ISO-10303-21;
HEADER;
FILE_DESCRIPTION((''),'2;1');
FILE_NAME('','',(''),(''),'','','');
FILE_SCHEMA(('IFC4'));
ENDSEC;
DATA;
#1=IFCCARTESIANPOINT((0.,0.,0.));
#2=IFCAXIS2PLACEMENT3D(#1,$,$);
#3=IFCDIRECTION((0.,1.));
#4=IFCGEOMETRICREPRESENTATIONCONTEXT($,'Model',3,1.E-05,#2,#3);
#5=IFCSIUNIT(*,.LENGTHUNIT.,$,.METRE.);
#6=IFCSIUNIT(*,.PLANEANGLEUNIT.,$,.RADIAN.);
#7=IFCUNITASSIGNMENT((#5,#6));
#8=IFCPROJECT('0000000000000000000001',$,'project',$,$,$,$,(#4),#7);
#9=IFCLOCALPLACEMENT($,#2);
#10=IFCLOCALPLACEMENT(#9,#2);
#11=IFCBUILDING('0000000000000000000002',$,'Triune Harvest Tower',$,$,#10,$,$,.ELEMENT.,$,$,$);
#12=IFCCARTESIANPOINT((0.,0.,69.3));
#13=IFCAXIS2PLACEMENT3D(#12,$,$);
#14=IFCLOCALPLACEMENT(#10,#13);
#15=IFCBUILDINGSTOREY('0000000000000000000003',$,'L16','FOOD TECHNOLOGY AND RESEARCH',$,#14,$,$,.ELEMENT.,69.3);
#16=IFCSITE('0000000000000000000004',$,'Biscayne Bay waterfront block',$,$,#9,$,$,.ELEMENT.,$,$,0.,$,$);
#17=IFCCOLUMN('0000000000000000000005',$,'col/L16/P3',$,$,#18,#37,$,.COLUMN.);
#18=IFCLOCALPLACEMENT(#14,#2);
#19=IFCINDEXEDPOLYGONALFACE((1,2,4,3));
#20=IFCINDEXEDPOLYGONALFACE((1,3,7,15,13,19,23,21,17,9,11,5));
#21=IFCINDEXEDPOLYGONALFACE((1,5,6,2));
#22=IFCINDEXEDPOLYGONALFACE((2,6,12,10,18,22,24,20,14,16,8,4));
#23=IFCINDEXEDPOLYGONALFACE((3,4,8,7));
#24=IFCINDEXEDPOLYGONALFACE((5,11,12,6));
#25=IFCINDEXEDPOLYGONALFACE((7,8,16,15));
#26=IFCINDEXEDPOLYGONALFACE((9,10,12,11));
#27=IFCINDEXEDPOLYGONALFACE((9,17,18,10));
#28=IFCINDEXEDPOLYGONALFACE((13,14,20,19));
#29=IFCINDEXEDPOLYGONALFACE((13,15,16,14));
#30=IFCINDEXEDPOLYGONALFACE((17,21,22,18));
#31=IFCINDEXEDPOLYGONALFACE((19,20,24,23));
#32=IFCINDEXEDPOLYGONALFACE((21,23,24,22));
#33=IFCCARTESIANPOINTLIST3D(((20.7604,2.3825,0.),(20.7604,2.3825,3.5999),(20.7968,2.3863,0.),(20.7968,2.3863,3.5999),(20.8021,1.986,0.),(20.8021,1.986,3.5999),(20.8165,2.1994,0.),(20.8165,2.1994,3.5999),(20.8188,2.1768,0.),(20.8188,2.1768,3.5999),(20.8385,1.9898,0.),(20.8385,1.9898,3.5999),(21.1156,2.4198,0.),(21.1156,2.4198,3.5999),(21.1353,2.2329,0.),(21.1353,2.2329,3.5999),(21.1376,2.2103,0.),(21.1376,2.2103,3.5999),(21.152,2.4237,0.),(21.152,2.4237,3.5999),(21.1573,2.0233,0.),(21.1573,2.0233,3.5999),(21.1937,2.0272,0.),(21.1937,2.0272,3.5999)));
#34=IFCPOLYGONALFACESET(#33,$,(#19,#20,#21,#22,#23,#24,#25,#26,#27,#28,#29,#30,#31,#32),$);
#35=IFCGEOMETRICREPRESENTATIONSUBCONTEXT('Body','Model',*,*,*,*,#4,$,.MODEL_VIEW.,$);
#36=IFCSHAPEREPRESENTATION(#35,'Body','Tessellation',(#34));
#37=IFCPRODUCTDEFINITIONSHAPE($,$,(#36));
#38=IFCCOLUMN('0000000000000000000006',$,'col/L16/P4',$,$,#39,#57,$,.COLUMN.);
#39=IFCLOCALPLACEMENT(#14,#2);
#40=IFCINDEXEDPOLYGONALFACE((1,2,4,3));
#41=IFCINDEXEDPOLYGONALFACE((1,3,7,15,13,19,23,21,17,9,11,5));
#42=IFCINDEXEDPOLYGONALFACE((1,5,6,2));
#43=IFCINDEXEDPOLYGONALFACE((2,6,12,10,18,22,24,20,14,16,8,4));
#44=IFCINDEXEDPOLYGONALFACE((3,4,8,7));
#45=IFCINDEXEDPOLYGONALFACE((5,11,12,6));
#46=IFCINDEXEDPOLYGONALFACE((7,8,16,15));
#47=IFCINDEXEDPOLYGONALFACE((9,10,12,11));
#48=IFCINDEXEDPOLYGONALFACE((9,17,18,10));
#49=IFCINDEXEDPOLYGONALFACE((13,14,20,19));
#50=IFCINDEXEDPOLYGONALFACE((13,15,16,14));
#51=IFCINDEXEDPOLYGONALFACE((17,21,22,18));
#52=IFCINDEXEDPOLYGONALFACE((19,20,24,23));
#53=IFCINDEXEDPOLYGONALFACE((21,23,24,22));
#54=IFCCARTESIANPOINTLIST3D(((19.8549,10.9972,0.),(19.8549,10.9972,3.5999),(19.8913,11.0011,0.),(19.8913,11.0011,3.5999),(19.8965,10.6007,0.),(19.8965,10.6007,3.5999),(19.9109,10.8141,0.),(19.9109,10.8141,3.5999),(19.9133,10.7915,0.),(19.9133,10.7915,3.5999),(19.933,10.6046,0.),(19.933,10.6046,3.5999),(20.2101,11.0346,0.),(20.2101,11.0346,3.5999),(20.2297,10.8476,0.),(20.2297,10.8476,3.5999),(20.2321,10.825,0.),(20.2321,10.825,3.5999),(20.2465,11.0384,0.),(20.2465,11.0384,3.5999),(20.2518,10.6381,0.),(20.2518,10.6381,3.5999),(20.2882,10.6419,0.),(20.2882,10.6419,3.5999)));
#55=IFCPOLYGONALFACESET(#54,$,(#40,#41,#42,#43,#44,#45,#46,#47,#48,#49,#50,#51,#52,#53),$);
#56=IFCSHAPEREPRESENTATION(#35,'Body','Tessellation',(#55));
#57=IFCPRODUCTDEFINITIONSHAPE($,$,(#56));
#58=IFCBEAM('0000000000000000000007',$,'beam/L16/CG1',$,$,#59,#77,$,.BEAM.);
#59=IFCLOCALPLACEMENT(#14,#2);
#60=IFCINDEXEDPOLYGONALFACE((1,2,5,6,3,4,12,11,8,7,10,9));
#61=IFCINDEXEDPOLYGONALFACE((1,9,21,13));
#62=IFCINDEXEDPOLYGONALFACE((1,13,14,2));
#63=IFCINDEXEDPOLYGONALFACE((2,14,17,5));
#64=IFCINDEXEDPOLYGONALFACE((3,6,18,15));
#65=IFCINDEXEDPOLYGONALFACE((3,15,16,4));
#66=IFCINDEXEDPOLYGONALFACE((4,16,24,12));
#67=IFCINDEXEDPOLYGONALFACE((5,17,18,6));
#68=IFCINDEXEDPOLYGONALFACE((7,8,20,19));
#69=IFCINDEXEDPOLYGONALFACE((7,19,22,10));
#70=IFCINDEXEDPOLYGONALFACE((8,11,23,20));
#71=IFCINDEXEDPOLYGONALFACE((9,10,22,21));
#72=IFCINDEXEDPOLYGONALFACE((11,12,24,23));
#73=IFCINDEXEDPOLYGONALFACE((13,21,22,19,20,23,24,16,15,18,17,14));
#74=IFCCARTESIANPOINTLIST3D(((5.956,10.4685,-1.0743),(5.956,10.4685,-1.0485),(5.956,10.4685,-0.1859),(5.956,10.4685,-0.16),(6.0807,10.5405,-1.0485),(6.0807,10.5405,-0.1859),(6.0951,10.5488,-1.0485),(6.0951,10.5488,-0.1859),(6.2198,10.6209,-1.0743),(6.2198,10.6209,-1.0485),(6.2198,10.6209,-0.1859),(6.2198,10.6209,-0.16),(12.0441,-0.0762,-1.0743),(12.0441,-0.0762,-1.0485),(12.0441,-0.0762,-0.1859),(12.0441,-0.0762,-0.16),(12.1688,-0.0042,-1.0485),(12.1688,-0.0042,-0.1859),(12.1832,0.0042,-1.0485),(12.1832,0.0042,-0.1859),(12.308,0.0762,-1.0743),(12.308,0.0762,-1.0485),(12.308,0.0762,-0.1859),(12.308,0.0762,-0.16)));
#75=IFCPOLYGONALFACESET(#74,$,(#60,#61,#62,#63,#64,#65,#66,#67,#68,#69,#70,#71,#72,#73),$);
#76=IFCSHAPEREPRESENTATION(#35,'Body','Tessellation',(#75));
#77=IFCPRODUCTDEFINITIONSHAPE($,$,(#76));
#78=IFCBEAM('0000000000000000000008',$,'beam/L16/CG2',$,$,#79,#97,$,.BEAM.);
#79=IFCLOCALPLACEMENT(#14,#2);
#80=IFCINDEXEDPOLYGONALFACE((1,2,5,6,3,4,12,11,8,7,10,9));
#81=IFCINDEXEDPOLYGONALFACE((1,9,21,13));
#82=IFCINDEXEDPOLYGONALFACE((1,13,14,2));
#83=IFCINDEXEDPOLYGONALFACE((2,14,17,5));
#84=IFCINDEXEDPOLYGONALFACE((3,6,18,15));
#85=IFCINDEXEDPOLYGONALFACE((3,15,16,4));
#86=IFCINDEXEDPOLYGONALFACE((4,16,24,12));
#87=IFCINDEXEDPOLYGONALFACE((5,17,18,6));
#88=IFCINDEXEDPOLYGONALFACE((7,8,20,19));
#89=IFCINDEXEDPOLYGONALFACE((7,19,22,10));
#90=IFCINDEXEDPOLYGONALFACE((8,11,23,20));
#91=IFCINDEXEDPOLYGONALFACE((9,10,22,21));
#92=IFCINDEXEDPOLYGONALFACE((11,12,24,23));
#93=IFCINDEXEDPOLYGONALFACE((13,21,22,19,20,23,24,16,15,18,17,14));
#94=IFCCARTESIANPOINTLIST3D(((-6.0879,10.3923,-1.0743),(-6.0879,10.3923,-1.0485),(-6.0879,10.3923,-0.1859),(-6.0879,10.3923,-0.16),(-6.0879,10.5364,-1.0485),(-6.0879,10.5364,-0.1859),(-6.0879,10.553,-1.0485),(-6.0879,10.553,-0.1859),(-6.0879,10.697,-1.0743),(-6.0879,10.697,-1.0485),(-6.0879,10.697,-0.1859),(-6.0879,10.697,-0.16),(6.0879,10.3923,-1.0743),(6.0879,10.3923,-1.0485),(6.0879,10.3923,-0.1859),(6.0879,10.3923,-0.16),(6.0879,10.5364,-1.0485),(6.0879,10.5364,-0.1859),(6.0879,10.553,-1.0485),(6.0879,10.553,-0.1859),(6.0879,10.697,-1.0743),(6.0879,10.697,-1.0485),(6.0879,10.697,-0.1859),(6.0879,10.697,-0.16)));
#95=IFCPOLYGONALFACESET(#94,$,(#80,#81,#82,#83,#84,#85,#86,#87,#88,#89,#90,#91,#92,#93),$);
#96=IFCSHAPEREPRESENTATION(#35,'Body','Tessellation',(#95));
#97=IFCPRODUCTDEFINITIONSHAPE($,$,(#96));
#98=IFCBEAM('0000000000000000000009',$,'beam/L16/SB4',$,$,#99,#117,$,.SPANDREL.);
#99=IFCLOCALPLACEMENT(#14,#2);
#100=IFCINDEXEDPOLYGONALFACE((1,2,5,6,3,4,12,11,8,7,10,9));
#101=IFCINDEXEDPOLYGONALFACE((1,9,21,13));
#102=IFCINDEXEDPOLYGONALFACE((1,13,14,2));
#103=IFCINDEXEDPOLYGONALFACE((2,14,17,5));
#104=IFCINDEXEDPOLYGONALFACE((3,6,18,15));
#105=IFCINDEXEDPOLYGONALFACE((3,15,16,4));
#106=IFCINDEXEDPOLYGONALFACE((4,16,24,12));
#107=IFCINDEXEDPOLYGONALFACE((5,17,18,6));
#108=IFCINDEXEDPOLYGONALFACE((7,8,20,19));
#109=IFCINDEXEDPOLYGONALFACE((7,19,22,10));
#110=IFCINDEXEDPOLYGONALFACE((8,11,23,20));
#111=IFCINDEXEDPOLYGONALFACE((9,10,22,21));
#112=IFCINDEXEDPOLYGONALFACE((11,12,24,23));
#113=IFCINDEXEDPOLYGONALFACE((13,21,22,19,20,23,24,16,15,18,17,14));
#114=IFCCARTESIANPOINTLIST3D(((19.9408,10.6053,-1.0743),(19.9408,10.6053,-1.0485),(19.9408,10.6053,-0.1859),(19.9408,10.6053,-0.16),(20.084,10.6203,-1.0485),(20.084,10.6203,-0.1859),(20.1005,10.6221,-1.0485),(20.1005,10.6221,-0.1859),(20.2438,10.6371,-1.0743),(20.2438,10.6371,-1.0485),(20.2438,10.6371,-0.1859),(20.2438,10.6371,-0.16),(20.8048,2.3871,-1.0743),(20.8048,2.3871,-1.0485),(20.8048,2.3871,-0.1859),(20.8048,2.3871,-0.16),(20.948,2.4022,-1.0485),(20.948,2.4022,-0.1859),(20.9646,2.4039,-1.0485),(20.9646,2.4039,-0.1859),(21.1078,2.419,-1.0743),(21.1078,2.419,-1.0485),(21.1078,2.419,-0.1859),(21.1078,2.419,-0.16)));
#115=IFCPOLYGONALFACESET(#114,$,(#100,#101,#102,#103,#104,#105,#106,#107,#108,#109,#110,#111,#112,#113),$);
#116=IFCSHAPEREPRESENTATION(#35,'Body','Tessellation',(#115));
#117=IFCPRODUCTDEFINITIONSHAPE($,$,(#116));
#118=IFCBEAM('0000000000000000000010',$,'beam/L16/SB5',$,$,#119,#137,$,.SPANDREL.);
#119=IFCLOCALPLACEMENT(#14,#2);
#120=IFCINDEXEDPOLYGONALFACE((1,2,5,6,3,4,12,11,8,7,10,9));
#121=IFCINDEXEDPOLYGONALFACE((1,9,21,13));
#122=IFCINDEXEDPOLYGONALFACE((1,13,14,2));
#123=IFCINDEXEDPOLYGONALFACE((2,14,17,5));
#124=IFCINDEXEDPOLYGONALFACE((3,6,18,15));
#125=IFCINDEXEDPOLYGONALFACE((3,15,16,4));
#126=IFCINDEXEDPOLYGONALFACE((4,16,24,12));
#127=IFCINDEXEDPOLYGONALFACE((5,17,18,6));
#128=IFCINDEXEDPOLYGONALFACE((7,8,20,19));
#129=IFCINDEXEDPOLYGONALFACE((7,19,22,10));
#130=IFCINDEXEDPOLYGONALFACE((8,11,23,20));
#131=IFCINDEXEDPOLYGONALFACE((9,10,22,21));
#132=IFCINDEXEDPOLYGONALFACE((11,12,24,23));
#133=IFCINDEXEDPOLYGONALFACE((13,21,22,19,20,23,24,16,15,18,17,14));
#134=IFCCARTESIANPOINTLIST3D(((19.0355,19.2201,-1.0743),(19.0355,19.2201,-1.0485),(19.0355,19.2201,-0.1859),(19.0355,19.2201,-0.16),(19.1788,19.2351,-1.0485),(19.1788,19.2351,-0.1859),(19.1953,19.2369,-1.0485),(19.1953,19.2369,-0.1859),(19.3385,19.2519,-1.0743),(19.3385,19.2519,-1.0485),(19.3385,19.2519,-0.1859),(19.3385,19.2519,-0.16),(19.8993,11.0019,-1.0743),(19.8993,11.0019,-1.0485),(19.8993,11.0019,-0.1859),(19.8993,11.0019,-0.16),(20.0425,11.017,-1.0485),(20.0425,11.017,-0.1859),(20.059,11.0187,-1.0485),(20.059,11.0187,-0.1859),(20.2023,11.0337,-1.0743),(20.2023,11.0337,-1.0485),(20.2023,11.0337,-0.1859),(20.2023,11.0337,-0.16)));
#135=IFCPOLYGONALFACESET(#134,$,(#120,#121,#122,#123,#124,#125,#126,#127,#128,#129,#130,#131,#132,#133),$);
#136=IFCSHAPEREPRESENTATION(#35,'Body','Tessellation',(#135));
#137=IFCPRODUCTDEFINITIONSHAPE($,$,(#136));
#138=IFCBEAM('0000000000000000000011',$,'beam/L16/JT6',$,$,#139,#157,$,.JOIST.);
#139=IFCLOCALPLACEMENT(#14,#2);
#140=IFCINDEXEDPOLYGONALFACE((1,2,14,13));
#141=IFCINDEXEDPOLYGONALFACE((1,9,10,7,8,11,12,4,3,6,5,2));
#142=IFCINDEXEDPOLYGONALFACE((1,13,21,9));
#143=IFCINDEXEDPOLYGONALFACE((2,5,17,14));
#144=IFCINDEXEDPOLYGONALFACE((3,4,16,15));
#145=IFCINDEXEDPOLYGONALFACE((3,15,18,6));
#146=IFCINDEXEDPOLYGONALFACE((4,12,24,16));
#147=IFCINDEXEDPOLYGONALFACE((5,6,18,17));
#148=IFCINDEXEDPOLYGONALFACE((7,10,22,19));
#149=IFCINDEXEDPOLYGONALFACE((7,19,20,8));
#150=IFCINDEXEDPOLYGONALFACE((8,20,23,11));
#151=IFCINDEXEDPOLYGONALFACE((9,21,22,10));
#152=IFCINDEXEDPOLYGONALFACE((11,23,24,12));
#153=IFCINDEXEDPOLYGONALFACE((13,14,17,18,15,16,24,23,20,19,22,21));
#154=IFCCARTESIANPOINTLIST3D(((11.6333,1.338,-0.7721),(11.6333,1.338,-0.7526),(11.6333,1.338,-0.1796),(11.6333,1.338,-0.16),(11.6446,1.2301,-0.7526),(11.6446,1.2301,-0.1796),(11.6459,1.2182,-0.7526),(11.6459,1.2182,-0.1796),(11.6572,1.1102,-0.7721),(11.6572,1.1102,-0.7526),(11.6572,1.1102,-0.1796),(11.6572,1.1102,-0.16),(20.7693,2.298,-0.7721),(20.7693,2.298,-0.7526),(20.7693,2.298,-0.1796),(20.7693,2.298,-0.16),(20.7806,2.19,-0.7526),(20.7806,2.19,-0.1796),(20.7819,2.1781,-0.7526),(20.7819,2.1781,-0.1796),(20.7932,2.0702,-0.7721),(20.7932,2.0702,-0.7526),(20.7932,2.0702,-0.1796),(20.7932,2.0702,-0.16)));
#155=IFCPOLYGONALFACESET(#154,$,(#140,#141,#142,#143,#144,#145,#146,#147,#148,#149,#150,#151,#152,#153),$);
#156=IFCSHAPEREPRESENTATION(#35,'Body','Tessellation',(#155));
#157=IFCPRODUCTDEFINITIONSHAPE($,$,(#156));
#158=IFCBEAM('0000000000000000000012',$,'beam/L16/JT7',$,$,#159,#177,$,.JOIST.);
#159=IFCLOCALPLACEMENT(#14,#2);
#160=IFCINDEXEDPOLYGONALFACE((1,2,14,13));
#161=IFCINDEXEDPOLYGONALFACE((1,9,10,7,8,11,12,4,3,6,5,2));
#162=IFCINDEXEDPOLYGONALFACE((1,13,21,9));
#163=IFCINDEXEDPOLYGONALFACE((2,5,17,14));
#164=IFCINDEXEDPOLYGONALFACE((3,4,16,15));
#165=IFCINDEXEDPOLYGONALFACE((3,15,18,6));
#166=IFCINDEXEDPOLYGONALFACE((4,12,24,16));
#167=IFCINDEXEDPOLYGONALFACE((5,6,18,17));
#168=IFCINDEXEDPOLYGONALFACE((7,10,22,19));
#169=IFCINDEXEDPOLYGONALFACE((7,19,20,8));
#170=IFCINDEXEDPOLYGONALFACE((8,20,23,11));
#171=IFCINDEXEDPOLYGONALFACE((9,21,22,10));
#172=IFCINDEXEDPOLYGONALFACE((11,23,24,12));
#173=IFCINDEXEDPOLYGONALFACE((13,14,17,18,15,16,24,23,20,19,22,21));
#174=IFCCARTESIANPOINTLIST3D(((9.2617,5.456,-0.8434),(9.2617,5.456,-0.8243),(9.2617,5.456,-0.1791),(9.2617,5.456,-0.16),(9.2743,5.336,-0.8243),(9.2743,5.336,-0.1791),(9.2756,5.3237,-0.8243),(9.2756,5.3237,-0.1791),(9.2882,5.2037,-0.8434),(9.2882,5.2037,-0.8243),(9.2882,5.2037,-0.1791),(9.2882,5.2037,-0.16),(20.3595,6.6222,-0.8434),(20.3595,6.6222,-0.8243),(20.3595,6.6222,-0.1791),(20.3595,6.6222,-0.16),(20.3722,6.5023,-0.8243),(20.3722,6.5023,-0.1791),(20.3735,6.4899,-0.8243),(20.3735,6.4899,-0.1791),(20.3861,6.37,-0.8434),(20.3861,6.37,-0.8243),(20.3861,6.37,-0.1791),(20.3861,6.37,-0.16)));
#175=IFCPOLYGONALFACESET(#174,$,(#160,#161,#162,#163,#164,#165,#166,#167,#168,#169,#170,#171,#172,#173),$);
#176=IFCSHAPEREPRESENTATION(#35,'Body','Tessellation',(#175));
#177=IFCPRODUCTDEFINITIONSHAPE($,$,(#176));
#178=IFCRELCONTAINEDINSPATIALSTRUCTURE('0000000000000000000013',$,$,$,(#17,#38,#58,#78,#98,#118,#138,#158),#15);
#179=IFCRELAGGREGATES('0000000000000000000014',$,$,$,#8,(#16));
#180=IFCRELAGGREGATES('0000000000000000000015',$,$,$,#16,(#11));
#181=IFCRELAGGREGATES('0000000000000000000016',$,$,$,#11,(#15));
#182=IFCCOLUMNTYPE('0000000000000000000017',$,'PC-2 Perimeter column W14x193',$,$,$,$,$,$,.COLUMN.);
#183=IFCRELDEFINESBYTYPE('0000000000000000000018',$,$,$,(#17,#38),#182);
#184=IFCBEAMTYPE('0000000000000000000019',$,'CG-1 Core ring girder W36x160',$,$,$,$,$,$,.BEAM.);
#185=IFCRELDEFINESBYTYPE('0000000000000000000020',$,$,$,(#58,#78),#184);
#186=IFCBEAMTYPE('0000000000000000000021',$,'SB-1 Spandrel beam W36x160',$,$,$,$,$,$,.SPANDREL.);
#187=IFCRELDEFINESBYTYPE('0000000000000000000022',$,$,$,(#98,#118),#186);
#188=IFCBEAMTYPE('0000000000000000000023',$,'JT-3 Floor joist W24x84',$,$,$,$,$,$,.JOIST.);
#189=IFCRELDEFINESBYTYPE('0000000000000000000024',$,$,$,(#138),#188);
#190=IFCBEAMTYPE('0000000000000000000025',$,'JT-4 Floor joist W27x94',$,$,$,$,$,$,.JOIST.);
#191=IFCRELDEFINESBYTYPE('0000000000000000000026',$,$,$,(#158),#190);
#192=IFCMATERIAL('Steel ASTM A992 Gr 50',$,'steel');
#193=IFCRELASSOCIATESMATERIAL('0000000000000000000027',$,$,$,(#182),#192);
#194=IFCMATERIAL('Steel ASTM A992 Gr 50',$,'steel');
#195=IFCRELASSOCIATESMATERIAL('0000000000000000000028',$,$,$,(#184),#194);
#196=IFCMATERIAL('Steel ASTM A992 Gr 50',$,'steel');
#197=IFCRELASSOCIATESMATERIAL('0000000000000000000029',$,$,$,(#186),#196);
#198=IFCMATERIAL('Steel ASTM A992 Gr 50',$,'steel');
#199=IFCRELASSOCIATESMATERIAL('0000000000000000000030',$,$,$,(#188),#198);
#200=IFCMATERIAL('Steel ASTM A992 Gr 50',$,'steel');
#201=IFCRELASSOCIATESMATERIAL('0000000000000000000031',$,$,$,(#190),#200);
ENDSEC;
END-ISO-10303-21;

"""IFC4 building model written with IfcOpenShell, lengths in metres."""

from ifc_helpers import new_model, si_unit, direction, frame, origin, origin_2d, place, context, subcontext, project, spatial, i_section, extrude, source, transform, mapped, material, material_profile, profile_set, type_object, element, save


model = new_model("IFC4")

# Units and contexts
model_context = context("Model", 3, precision=1e-05, world=origin(), true_north=direction((0.0, 1.0)))
body_context = subcontext(model_context, "Body", "Model", "MODEL_VIEW")
ifc_project = project(units=[si_unit("LENGTHUNIT", "METRE"), si_unit("PLANEANGLEUNIT", "RADIAN")], contexts=[model_context])

# Site, building, storey
site_placement = place(None, origin())
site = spatial("IfcSite", under=ifc_project, at=site_placement, Name="Biscayne Bay waterfront block", CompositionType="ELEMENT", RefElevation=0.0)
building_placement = place(site_placement, origin())
building = spatial("IfcBuilding", under=site, at=building_placement, Name="Triune Harvest Tower", CompositionType="ELEMENT")
storey_placement = place(building_placement, frame((0.0, 0.0, 69.3)))
storey = spatial("IfcBuildingStorey", under=building, at=storey_placement, Name="L16", Description="FOOD TECHNOLOGY AND RESEARCH", CompositionType="ELEMENT", Elevation=69.3)

# Columns
ifc_material_1 = material(Name="Steel ASTM A992 Gr 50", Category="steel")
ifc_material_profile_1 = material_profile(ifc_material_1, i_section(OverallWidth=0.3987, OverallDepth=0.3938, WebThickness=0.0227, FlangeThickness=0.0366, at=origin_2d()), Name="W14x193")
ifc_profile_set_1 = profile_set([ifc_material_profile_1], Name="Steel ASTM A992 Gr 50")
column_type = type_object("IfcColumnType", Name="PC-2 Perimeter column W14x193", PredefinedType="COLUMN", material=ifc_profile_set_1)
shared_shape_1 = source(origin(), body_context, "Body", "SweptSolid", [
    extrude(i_section(OverallWidth=0.3987, OverallDepth=0.3938, WebThickness=0.0227, FlangeThickness=0.0366, at=origin_2d()), origin(), (0.0, 0.0, 1.0), 3.5999),
])
for number, where, z_axis, x_axis, name in (
    (1, (20.9771, 2.2048, 0.0), (0.0, 0.0, 1.0), (-0.104527, 0.994522, 0.0), "col/L16/P3"),
    (2, (20.0715, 10.8196, 0.0), (0.0, 0.0, 1.0), (-0.104527, 0.994522, 0.0), "col/L16/P4"),
):
    element("IfcColumn", number, at=place(storey_placement, frame(where, z_axis=z_axis, x_axis=x_axis)), inside=storey, type_object=column_type, Name=name, PredefinedType="COLUMN", context=body_context, shape_type="MappedRepresentation", body=[
        mapped(shared_shape_1, transform((0.0, 0.0, 0.0), scale=1.0)),
    ])

# Beams
ifc_material_2 = material(Name="Steel ASTM A992 Gr 50", Category="steel")
ifc_material_profile_2 = material_profile(ifc_material_2, i_section(OverallWidth=0.3047, OverallDepth=0.9143, WebThickness=0.0166, FlangeThickness=0.0259, at=origin_2d()), Name="W36x160")
ifc_profile_set_2 = profile_set([ifc_material_profile_2], Name="Steel ASTM A992 Gr 50")
beam_type_1 = type_object("IfcBeamType", Name="CG-1 Core ring girder W36x160", PredefinedType="BEAM", material=ifc_profile_set_2)
shared_shape_2 = source(origin(), body_context, "Body", "SweptSolid", [
    extrude(i_section(OverallWidth=0.3047, OverallDepth=0.9143, WebThickness=0.0166, FlangeThickness=0.0259, at=origin_2d()), origin(), (0.0, 0.0, 1.0), 12.176),
])
beam_1_placement = place(storey_placement, frame((12.176, 0.0, -0.6172), z_axis=(-0.50001, 0.86602, 0.0), x_axis=(-0.86602, -0.50001, 0.0)))
element("IfcBeam", 3, at=beam_1_placement, inside=storey, type_object=beam_type_1, Name="beam/L16/CG1", PredefinedType="BEAM", context=body_context, shape_type="MappedRepresentation", body=[
    mapped(shared_shape_2, transform((0.0, 0.0, 0.0), scale=1.0)),
])
shared_shape_3 = source(origin(), body_context, "Body", "SweptSolid", [
    extrude(i_section(OverallWidth=0.3047, OverallDepth=0.9143, WebThickness=0.0166, FlangeThickness=0.0259, at=origin_2d()), origin(), (0.0, 0.0, 1.0), 12.1758),
])
beam_2_placement = place(storey_placement, frame((6.0879, 10.5447, -0.6172), z_axis=(-1.0, 0.0, 0.0), x_axis=(0.0, -1.0, 0.0)))
element("IfcBeam", 4, at=beam_2_placement, inside=storey, type_object=beam_type_1, Name="beam/L16/CG2", PredefinedType="BEAM", context=body_context, shape_type="MappedRepresentation", body=[
    mapped(shared_shape_3, transform((0.0, 0.0, 0.0), scale=1.0)),
])
ifc_material_3 = material(Name="Steel ASTM A992 Gr 50", Category="steel")
ifc_material_profile_3 = material_profile(ifc_material_3, i_section(OverallWidth=0.3047, OverallDepth=0.9143, WebThickness=0.0166, FlangeThickness=0.0259, at=origin_2d()), Name="W36x160")
ifc_profile_set_3 = profile_set([ifc_material_profile_3], Name="Steel ASTM A992 Gr 50")
beam_type_2 = type_object("IfcBeamType", Name="SB-1 Spandrel beam W36x160", PredefinedType="SPANDREL", material=ifc_profile_set_3)
shared_shape_4 = source(origin(), body_context, "Body", "SweptSolid", [
    extrude(i_section(OverallWidth=0.3047, OverallDepth=0.9143, WebThickness=0.0166, FlangeThickness=0.0259, at=origin_2d()), origin(), (0.0, 0.0, 1.0), 8.2634),
])
for number, where, z_axis, x_axis, name in (
    (5, (20.9563, 2.4031, -0.6172), (-0.10456, 0.994519, 0.0), (-0.994519, -0.10456, 0.0), "beam/L16/SB4"),
    (6, (20.0508, 11.0178, -0.6172), (-0.104528, 0.994522, 0.0), (-0.994522, -0.104528, 0.0), "beam/L16/SB5"),
):
    element("IfcBeam", number, at=place(storey_placement, frame(where, z_axis=z_axis, x_axis=x_axis)), inside=storey, type_object=beam_type_2, Name=name, PredefinedType="SPANDREL", context=body_context, shape_type="MappedRepresentation", body=[
        mapped(shared_shape_4, transform((0.0, 0.0, 0.0), scale=1.0)),
    ])
ifc_material_4 = material(Name="Steel ASTM A992 Gr 50", Category="steel")
ifc_material_profile_4 = material_profile(ifc_material_4, i_section(OverallWidth=0.229, OverallDepth=0.6121, WebThickness=0.012, FlangeThickness=0.0195, at=origin_2d()), Name="W24x84")
ifc_profile_set_4 = profile_set([ifc_material_profile_4], Name="Steel ASTM A992 Gr 50")
beam_type_3 = type_object("IfcBeamType", Name="JT-3 Floor joist W24x84", PredefinedType="JOIST", material=ifc_profile_set_4)
shared_shape_5 = source(origin(), body_context, "Body", "SweptSolid", [
    extrude(i_section(OverallWidth=0.229, OverallDepth=0.6121, WebThickness=0.012, FlangeThickness=0.0195, at=origin_2d()), origin(), (0.0, 0.0, 1.0), 9.1863),
])
beam_3_placement = place(storey_placement, frame((20.7812, 2.1841, -0.4661), z_axis=(-0.994525, -0.104499, 0.0), x_axis=(0.104499, -0.994525, 0.0)))
element("IfcBeam", 7, at=beam_3_placement, inside=storey, type_object=beam_type_3, Name="beam/L16/JT6", PredefinedType="JOIST", context=body_context, shape_type="MappedRepresentation", body=[
    mapped(shared_shape_5, transform((0.0, 0.0, 0.0), scale=1.0)),
])
ifc_material_5 = material(Name="Steel ASTM A992 Gr 50", Category="steel")
ifc_material_profile_5 = material_profile(ifc_material_5, i_section(OverallWidth=0.2537, OverallDepth=0.6833, WebThickness=0.0125, FlangeThickness=0.019, at=origin_2d()), Name="W27x94")
ifc_profile_set_5 = profile_set([ifc_material_profile_5], Name="Steel ASTM A992 Gr 50")
beam_type_4 = type_object("IfcBeamType", Name="JT-4 Floor joist W27x94", PredefinedType="JOIST", material=ifc_profile_set_5)
shared_shape_6 = source(origin(), body_context, "Body", "SweptSolid", [
    extrude(i_section(OverallWidth=0.2537, OverallDepth=0.6833, WebThickness=0.0125, FlangeThickness=0.019, at=origin_2d()), origin(), (0.0, 0.0, 1.0), 11.1589),
])
beam_4_placement = place(storey_placement, frame((20.3728, 6.4961, -0.5017), z_axis=(-0.994524, -0.104513, 0.0), x_axis=(0.104513, -0.994524, 0.0)))
element("IfcBeam", 8, at=beam_4_placement, inside=storey, type_object=beam_type_4, Name="beam/L16/JT7", PredefinedType="JOIST", context=body_context, shape_type="MappedRepresentation", body=[
    mapped(shared_shape_6, transform((0.0, 0.0, 0.0), scale=1.0)),
])

save(model, "model.ifc")
